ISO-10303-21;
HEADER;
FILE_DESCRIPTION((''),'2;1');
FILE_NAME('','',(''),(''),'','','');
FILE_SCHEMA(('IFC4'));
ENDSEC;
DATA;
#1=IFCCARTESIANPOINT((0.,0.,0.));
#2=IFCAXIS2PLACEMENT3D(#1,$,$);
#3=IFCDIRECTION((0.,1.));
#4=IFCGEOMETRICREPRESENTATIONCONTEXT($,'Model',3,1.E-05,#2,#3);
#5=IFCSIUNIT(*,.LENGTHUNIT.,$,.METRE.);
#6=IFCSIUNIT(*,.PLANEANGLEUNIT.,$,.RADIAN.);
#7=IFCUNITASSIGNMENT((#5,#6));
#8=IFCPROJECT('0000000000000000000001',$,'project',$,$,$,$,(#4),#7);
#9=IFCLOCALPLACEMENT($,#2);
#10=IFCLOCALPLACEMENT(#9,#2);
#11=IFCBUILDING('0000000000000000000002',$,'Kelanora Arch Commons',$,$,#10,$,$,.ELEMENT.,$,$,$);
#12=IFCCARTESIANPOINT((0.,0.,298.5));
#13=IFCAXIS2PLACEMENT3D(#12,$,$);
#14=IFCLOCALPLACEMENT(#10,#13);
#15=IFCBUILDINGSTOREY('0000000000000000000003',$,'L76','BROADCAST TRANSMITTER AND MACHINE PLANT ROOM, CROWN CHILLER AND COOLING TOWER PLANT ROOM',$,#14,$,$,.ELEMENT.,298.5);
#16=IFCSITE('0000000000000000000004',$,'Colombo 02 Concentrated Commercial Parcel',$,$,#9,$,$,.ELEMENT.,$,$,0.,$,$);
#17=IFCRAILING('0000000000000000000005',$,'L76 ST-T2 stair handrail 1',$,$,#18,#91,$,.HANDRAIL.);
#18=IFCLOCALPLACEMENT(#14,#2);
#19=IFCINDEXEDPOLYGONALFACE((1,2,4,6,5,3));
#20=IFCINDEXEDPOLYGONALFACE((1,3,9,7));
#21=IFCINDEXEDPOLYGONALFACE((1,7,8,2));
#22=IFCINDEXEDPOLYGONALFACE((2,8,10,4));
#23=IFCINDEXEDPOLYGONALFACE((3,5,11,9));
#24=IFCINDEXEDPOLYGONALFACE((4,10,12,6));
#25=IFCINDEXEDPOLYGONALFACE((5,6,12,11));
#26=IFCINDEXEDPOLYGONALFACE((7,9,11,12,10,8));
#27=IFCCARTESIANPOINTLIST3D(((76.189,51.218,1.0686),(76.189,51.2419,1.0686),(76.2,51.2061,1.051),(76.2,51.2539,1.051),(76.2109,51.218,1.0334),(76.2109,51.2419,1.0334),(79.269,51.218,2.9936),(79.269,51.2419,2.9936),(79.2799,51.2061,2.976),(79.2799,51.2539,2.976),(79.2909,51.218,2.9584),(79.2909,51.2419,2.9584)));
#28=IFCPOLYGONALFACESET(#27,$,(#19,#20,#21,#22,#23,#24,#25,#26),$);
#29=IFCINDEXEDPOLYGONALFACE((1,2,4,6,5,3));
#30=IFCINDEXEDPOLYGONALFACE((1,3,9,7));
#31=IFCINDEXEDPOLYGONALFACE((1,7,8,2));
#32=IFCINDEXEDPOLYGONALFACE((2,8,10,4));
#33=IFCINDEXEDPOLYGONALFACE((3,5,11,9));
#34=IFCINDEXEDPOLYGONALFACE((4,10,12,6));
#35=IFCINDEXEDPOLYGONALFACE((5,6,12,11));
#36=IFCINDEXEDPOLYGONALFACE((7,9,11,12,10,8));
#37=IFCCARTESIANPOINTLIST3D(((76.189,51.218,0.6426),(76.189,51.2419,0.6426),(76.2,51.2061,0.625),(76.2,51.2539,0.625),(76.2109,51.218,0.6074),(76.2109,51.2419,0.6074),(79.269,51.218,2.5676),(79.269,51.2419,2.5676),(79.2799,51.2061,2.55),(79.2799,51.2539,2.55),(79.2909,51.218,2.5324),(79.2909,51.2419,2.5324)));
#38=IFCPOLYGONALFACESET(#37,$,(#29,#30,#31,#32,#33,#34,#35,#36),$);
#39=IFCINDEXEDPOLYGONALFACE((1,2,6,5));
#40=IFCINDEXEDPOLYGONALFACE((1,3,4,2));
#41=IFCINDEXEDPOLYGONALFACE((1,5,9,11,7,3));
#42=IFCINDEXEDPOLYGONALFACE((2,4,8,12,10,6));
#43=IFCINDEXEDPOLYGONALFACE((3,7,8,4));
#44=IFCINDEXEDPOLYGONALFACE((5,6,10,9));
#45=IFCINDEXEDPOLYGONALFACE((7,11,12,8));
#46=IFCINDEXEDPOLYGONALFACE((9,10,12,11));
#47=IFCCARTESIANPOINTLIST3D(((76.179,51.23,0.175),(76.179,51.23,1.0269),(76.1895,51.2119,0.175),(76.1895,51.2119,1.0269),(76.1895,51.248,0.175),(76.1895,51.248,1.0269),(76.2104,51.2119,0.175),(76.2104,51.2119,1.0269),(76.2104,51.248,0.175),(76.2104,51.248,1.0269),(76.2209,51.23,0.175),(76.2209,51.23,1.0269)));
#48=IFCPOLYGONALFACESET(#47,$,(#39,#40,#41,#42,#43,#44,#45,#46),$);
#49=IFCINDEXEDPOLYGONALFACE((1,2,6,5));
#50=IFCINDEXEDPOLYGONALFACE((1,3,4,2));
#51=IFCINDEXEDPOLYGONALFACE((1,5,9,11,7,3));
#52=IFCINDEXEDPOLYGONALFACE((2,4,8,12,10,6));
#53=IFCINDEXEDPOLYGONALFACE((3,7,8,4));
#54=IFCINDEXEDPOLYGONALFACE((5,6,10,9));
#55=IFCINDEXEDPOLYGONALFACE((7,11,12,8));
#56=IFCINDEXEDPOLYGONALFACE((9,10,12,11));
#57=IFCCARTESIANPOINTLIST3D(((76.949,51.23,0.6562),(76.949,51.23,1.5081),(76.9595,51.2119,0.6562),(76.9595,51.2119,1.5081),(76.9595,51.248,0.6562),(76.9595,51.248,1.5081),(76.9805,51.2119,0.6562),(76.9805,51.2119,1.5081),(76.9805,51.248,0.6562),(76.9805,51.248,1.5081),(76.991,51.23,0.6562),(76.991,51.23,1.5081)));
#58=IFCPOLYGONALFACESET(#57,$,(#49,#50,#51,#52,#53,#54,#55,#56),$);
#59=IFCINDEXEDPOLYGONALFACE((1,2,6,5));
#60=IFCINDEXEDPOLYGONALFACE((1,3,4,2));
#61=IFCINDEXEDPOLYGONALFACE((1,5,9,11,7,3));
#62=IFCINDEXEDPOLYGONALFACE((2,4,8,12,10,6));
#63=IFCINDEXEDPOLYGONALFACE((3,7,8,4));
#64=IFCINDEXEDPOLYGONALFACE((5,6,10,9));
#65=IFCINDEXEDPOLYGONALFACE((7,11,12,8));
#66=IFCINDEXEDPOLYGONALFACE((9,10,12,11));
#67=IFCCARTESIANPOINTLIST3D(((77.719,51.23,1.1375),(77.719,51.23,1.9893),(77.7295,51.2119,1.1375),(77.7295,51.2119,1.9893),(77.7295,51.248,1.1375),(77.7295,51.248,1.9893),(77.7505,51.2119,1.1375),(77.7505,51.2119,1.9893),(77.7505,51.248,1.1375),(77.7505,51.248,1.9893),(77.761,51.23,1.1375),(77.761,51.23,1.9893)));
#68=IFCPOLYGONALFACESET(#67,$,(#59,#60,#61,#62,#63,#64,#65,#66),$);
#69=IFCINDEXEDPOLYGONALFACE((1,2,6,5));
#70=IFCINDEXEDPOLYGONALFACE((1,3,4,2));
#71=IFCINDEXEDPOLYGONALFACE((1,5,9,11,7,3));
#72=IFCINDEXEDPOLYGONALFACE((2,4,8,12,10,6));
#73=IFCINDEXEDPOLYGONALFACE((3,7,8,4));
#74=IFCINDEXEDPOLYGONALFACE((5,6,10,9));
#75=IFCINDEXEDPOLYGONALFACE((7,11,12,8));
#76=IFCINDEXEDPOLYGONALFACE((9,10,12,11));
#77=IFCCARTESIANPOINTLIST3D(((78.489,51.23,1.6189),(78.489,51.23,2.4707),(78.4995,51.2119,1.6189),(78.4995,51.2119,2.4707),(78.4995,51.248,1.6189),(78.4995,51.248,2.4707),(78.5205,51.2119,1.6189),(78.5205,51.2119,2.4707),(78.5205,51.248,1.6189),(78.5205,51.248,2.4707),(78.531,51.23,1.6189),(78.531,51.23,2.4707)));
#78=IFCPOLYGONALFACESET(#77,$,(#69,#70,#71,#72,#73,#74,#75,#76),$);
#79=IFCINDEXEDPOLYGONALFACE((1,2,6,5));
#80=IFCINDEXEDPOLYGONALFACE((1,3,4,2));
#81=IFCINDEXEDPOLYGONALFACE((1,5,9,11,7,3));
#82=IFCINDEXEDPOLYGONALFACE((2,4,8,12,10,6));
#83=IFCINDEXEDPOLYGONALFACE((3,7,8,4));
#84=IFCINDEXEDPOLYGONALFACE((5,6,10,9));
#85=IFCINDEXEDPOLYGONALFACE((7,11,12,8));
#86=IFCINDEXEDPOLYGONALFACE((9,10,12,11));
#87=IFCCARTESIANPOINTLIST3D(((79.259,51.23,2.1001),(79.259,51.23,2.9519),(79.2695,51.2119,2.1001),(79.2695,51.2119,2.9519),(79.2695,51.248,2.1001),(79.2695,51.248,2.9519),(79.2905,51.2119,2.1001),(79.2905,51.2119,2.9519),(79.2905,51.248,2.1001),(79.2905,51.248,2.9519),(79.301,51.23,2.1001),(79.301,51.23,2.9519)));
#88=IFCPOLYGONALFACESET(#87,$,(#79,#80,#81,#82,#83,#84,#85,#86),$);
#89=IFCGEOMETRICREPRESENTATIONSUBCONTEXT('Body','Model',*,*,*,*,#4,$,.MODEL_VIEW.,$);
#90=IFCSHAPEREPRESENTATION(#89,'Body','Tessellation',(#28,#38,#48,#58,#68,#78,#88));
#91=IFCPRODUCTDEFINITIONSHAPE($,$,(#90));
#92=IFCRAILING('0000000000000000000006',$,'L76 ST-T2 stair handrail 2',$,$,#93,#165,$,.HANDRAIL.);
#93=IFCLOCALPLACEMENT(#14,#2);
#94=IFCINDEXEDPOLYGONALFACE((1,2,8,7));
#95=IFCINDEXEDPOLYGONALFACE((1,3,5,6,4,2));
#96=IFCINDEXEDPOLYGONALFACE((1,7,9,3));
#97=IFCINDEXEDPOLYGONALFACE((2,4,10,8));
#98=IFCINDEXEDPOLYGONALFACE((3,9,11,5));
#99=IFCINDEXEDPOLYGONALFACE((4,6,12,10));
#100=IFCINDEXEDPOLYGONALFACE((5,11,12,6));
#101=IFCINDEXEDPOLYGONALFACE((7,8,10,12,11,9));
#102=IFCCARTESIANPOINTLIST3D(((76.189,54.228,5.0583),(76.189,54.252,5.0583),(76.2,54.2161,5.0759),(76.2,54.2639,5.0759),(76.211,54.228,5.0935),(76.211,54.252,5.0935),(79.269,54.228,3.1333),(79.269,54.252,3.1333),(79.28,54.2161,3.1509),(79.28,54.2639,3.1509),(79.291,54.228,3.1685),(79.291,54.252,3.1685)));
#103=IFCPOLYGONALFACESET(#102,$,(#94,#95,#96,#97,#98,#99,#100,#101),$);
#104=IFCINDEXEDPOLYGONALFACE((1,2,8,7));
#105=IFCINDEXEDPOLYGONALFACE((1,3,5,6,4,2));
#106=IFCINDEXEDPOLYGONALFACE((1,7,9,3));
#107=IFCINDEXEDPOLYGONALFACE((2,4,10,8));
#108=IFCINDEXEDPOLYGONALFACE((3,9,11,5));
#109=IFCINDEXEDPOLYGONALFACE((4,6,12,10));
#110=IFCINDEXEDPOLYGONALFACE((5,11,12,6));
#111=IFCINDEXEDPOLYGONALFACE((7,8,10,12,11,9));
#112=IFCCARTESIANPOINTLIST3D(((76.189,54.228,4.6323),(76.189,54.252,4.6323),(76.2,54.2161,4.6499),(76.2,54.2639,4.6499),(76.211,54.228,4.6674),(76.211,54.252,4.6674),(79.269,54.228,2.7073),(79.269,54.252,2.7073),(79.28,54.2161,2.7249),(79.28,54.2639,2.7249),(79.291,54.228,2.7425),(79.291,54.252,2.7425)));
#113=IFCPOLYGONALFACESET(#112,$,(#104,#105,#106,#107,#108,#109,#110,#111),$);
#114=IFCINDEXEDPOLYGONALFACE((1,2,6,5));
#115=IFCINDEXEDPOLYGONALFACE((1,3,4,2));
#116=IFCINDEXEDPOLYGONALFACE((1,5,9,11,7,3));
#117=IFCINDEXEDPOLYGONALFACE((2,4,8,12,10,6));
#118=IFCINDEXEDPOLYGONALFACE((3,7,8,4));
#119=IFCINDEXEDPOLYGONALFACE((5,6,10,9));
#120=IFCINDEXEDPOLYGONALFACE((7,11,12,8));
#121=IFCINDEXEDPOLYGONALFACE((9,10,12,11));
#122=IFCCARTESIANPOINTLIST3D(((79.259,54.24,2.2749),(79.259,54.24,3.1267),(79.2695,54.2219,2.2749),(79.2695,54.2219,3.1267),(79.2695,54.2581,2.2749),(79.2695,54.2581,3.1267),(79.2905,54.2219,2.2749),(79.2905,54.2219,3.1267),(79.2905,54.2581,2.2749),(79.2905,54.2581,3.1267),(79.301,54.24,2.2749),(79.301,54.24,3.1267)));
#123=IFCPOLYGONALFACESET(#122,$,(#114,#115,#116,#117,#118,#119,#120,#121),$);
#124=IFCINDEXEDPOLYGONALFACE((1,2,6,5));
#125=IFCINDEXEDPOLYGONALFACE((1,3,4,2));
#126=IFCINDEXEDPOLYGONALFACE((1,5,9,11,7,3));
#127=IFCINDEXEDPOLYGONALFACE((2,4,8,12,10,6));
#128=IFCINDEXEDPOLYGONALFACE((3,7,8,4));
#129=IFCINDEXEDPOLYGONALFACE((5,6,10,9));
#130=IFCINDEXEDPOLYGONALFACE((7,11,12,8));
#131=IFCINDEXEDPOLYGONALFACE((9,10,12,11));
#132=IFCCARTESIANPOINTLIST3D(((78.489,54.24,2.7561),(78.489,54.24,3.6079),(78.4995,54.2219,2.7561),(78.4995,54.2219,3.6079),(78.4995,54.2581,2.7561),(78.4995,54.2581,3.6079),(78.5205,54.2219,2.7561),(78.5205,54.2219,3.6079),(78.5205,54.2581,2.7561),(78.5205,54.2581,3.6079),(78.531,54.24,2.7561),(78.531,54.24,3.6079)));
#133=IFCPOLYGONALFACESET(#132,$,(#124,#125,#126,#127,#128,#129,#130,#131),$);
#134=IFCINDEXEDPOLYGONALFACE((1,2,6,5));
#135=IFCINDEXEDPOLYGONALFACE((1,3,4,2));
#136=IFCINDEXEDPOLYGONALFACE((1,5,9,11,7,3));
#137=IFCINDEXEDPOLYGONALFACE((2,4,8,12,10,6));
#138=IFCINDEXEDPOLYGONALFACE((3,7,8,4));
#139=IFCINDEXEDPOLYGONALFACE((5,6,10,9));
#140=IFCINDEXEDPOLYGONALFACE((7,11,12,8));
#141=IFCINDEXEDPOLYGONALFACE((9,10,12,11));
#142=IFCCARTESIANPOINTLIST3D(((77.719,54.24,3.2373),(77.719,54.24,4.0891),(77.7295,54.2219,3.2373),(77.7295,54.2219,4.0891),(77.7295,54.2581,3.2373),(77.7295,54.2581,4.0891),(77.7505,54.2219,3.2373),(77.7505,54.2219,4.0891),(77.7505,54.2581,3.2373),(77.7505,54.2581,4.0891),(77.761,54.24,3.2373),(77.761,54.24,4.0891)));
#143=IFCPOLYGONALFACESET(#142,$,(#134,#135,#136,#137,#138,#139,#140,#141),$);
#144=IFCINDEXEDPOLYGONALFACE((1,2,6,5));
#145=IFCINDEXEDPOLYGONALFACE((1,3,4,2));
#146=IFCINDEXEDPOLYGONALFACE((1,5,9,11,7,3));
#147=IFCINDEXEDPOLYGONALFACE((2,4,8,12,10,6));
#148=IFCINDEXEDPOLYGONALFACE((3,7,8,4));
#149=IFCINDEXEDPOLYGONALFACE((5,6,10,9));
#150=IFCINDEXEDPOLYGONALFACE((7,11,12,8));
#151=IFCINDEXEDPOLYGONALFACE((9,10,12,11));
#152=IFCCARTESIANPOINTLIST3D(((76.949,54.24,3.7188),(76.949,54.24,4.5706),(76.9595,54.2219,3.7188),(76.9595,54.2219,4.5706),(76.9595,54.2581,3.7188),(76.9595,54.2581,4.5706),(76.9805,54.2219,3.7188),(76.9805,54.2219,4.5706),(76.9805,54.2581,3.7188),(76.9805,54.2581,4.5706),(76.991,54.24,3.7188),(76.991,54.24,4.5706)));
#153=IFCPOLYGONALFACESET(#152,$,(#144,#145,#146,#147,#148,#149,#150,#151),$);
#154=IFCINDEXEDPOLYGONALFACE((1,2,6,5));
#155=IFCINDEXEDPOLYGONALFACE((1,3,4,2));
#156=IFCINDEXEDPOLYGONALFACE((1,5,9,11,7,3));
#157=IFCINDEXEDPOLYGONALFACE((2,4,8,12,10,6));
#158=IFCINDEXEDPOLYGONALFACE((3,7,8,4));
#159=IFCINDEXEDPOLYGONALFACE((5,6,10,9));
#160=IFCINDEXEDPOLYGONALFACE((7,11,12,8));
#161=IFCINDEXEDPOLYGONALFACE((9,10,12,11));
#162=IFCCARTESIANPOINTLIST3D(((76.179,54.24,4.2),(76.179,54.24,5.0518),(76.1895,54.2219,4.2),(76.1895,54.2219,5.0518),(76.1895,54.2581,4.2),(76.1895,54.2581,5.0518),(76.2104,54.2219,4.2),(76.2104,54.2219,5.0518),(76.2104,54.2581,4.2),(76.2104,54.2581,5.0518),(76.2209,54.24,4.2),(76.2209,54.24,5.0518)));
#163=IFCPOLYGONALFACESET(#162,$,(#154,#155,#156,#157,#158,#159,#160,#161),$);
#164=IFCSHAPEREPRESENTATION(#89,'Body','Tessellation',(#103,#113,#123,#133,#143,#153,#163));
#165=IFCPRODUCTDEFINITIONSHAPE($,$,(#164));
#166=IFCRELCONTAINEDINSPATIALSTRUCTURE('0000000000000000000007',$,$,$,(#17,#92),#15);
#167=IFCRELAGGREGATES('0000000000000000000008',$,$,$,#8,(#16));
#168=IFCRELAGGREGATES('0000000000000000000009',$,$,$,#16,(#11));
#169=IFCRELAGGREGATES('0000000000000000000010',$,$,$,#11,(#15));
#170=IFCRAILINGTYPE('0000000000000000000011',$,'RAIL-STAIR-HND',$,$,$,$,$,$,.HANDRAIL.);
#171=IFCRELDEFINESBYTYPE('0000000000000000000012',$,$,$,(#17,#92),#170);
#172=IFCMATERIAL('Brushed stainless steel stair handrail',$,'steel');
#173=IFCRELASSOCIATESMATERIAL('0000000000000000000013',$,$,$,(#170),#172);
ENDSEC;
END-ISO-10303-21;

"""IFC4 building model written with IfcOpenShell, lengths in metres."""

from ifc_helpers import new_model, si_unit, direction, frame, origin, place, context, subcontext, project, spatial, polyline, outline, extrude, material, type_object, element, save


model = new_model("IFC4")

# Units and contexts
model_context = context("Model", 3, precision=1e-05, world=origin(), true_north=direction((0.0, 1.0)))
body_context = subcontext(model_context, "Body", "Model", "MODEL_VIEW")
ifc_project = project(units=[si_unit("LENGTHUNIT", "METRE"), si_unit("PLANEANGLEUNIT", "RADIAN")], contexts=[model_context])

# Site, building, storey
site_placement = place(None, origin())
site = spatial("IfcSite", under=ifc_project, at=site_placement, Name="Colombo 02 Concentrated Commercial Parcel", CompositionType="ELEMENT", RefElevation=0.0)
building_placement = place(site_placement, origin())
building = spatial("IfcBuilding", under=site, at=building_placement, Name="Kelanora Arch Commons", CompositionType="ELEMENT")
storey_placement = place(building_placement, frame((0.0, 0.0, 298.5)))
storey = spatial("IfcBuildingStorey", under=building, at=storey_placement, Name="L76", Description="BROADCAST TRANSMITTER AND MACHINE PLANT ROOM, CROWN CHILLER AND COOLING TOWER PLANT ROOM", CompositionType="ELEMENT", Elevation=298.5)

# Railings
ifc_material_1 = material(Name="Brushed stainless steel stair handrail", Category="steel")
railing_type_1 = type_object("IfcRailingType", Name="RAIL-STAIR-HND", PredefinedType="HANDRAIL", material=ifc_material_1)
railing_1_placement = place(storey_placement, frame((76.2, 51.23, 0.175)))
element("IfcRailing", 1, at=railing_1_placement, inside=storey, type_object=railing_type_1, Name="L76 ST-T2 stair handrail 1", PredefinedType="HANDRAIL", context=body_context, shape_type="SweptSolid", body=[
    extrude(outline(polyline([(0.0239, 0.0), (0.012, 0.0208), (-0.012, 0.0208), (-0.0239, 0.0), (-0.012, -0.0208), (0.012, -0.0208), (0.0239, 0.0)])), frame((0.0, 0.0, 0.876), z_axis=(0.847998, 0.0, 0.529999), x_axis=(0.0, 1.0, 0.0)), (0.0, 0.0, 1.0), 3.6321),
    extrude(outline(polyline([(0.0239, 0.0), (0.012, 0.0208), (-0.012, 0.0208), (-0.0239, 0.0), (-0.012, -0.0208), (0.012, -0.0208), (0.0239, 0.0)])), frame((0.0, 0.0, 0.45), z_axis=(0.847998, 0.0, 0.529999), x_axis=(0.0, 1.0, 0.0)), (0.0, 0.0, 1.0), 3.6321),
    extrude(outline(polyline([(0.021, 0.0), (0.0105, 0.0181), (-0.0105, 0.0181), (-0.021, 0.0), (-0.0105, -0.0181), (0.0105, -0.0181), (0.021, 0.0)])), origin(), (0.0, 0.0, 1.0), 0.8518),
    extrude(outline(polyline([(0.021, 0.0), (0.0105, 0.0181), (-0.0105, 0.0181), (-0.021, 0.0), (-0.0105, -0.0181), (0.0105, -0.0181), (0.021, 0.0)])), frame((0.77, 0.0, 0.4812)), (0.0, 0.0, 1.0), 0.8518),
    extrude(outline(polyline([(0.021, 0.0), (0.0105, 0.0181), (-0.0105, 0.0181), (-0.021, 0.0), (-0.0105, -0.0181), (0.0105, -0.0181), (0.021, 0.0)])), frame((1.54, 0.0, 0.9624)), (0.0, 0.0, 1.0), 0.8518),
    extrude(outline(polyline([(0.021, 0.0), (0.0105, 0.0181), (-0.0105, 0.0181), (-0.021, 0.0), (-0.0105, -0.0181), (0.0105, -0.0181), (0.021, 0.0)])), frame((2.3101, 0.0, 1.4438)), (0.0, 0.0, 1.0), 0.8518),
    extrude(outline(polyline([(0.021, 0.0), (0.0105, 0.0181), (-0.0105, 0.0181), (-0.021, 0.0), (-0.0105, -0.0181), (0.0105, -0.0181), (0.021, 0.0)])), frame((3.0801, 0.0, 1.925)), (0.0, 0.0, 1.0), 0.8518),
])
railing_2_placement = place(storey_placement, frame((79.28, 54.24, 2.2749)))
element("IfcRailing", 2, at=railing_2_placement, inside=storey, type_object=railing_type_1, Name="L76 ST-T2 stair handrail 2", PredefinedType="HANDRAIL", context=body_context, shape_type="SweptSolid", body=[
    extrude(outline(polyline([(0.0239, 0.0), (0.012, 0.0208), (-0.012, 0.0208), (-0.0239, 0.0), (-0.012, -0.0208), (0.012, -0.0208), (0.0239, 0.0)])), frame((0.0, 0.0, 0.876), z_axis=(-0.847998, 0.0, 0.529999), x_axis=(0.0, -1.0, 0.0)), (0.0, 0.0, 1.0), 3.6321),
    extrude(outline(polyline([(0.0239, 0.0), (0.012, 0.0208), (-0.012, 0.0208), (-0.0239, 0.0), (-0.012, -0.0208), (0.012, -0.0208), (0.0239, 0.0)])), frame((0.0, 0.0, 0.45), z_axis=(-0.847998, 0.0, 0.529999), x_axis=(0.0, -1.0, 0.0)), (0.0, 0.0, 1.0), 3.6321),
    extrude(outline(polyline([(0.021, 0.0), (0.0105, 0.0181), (-0.0105, 0.0181), (-0.021, 0.0), (-0.0105, -0.0181), (0.0105, -0.0181), (0.021, 0.0)])), origin(), (0.0, 0.0, 1.0), 0.8518),
    extrude(outline(polyline([(0.021, 0.0), (0.0105, 0.0181), (-0.0105, 0.0181), (-0.021, 0.0), (-0.0105, -0.0181), (0.0105, -0.0181), (0.021, 0.0)])), frame((-0.77, 0.0, 0.4812)), (0.0, 0.0, 1.0), 0.8518),
    extrude(outline(polyline([(0.021, 0.0), (0.0105, 0.0181), (-0.0105, 0.0181), (-0.021, 0.0), (-0.0105, -0.0181), (0.0105, -0.0181), (0.021, 0.0)])), frame((-1.54, 0.0, 0.9624)), (0.0, 0.0, 1.0), 0.8518),
    extrude(outline(polyline([(0.021, 0.0), (0.0105, 0.0181), (-0.0105, 0.0181), (-0.021, 0.0), (-0.0105, -0.0181), (0.0105, -0.0181), (0.021, 0.0)])), frame((-2.3101, 0.0, 1.4438)), (0.0, 0.0, 1.0), 0.8518),
    extrude(outline(polyline([(0.021, 0.0), (0.0105, 0.0181), (-0.0105, 0.0181), (-0.021, 0.0), (-0.0105, -0.0181), (0.0105, -0.0181), (0.021, 0.0)])), frame((-3.0801, 0.0, 1.925)), (0.0, 0.0, 1.0), 0.8518),
])

save(model, "model.ifc")
